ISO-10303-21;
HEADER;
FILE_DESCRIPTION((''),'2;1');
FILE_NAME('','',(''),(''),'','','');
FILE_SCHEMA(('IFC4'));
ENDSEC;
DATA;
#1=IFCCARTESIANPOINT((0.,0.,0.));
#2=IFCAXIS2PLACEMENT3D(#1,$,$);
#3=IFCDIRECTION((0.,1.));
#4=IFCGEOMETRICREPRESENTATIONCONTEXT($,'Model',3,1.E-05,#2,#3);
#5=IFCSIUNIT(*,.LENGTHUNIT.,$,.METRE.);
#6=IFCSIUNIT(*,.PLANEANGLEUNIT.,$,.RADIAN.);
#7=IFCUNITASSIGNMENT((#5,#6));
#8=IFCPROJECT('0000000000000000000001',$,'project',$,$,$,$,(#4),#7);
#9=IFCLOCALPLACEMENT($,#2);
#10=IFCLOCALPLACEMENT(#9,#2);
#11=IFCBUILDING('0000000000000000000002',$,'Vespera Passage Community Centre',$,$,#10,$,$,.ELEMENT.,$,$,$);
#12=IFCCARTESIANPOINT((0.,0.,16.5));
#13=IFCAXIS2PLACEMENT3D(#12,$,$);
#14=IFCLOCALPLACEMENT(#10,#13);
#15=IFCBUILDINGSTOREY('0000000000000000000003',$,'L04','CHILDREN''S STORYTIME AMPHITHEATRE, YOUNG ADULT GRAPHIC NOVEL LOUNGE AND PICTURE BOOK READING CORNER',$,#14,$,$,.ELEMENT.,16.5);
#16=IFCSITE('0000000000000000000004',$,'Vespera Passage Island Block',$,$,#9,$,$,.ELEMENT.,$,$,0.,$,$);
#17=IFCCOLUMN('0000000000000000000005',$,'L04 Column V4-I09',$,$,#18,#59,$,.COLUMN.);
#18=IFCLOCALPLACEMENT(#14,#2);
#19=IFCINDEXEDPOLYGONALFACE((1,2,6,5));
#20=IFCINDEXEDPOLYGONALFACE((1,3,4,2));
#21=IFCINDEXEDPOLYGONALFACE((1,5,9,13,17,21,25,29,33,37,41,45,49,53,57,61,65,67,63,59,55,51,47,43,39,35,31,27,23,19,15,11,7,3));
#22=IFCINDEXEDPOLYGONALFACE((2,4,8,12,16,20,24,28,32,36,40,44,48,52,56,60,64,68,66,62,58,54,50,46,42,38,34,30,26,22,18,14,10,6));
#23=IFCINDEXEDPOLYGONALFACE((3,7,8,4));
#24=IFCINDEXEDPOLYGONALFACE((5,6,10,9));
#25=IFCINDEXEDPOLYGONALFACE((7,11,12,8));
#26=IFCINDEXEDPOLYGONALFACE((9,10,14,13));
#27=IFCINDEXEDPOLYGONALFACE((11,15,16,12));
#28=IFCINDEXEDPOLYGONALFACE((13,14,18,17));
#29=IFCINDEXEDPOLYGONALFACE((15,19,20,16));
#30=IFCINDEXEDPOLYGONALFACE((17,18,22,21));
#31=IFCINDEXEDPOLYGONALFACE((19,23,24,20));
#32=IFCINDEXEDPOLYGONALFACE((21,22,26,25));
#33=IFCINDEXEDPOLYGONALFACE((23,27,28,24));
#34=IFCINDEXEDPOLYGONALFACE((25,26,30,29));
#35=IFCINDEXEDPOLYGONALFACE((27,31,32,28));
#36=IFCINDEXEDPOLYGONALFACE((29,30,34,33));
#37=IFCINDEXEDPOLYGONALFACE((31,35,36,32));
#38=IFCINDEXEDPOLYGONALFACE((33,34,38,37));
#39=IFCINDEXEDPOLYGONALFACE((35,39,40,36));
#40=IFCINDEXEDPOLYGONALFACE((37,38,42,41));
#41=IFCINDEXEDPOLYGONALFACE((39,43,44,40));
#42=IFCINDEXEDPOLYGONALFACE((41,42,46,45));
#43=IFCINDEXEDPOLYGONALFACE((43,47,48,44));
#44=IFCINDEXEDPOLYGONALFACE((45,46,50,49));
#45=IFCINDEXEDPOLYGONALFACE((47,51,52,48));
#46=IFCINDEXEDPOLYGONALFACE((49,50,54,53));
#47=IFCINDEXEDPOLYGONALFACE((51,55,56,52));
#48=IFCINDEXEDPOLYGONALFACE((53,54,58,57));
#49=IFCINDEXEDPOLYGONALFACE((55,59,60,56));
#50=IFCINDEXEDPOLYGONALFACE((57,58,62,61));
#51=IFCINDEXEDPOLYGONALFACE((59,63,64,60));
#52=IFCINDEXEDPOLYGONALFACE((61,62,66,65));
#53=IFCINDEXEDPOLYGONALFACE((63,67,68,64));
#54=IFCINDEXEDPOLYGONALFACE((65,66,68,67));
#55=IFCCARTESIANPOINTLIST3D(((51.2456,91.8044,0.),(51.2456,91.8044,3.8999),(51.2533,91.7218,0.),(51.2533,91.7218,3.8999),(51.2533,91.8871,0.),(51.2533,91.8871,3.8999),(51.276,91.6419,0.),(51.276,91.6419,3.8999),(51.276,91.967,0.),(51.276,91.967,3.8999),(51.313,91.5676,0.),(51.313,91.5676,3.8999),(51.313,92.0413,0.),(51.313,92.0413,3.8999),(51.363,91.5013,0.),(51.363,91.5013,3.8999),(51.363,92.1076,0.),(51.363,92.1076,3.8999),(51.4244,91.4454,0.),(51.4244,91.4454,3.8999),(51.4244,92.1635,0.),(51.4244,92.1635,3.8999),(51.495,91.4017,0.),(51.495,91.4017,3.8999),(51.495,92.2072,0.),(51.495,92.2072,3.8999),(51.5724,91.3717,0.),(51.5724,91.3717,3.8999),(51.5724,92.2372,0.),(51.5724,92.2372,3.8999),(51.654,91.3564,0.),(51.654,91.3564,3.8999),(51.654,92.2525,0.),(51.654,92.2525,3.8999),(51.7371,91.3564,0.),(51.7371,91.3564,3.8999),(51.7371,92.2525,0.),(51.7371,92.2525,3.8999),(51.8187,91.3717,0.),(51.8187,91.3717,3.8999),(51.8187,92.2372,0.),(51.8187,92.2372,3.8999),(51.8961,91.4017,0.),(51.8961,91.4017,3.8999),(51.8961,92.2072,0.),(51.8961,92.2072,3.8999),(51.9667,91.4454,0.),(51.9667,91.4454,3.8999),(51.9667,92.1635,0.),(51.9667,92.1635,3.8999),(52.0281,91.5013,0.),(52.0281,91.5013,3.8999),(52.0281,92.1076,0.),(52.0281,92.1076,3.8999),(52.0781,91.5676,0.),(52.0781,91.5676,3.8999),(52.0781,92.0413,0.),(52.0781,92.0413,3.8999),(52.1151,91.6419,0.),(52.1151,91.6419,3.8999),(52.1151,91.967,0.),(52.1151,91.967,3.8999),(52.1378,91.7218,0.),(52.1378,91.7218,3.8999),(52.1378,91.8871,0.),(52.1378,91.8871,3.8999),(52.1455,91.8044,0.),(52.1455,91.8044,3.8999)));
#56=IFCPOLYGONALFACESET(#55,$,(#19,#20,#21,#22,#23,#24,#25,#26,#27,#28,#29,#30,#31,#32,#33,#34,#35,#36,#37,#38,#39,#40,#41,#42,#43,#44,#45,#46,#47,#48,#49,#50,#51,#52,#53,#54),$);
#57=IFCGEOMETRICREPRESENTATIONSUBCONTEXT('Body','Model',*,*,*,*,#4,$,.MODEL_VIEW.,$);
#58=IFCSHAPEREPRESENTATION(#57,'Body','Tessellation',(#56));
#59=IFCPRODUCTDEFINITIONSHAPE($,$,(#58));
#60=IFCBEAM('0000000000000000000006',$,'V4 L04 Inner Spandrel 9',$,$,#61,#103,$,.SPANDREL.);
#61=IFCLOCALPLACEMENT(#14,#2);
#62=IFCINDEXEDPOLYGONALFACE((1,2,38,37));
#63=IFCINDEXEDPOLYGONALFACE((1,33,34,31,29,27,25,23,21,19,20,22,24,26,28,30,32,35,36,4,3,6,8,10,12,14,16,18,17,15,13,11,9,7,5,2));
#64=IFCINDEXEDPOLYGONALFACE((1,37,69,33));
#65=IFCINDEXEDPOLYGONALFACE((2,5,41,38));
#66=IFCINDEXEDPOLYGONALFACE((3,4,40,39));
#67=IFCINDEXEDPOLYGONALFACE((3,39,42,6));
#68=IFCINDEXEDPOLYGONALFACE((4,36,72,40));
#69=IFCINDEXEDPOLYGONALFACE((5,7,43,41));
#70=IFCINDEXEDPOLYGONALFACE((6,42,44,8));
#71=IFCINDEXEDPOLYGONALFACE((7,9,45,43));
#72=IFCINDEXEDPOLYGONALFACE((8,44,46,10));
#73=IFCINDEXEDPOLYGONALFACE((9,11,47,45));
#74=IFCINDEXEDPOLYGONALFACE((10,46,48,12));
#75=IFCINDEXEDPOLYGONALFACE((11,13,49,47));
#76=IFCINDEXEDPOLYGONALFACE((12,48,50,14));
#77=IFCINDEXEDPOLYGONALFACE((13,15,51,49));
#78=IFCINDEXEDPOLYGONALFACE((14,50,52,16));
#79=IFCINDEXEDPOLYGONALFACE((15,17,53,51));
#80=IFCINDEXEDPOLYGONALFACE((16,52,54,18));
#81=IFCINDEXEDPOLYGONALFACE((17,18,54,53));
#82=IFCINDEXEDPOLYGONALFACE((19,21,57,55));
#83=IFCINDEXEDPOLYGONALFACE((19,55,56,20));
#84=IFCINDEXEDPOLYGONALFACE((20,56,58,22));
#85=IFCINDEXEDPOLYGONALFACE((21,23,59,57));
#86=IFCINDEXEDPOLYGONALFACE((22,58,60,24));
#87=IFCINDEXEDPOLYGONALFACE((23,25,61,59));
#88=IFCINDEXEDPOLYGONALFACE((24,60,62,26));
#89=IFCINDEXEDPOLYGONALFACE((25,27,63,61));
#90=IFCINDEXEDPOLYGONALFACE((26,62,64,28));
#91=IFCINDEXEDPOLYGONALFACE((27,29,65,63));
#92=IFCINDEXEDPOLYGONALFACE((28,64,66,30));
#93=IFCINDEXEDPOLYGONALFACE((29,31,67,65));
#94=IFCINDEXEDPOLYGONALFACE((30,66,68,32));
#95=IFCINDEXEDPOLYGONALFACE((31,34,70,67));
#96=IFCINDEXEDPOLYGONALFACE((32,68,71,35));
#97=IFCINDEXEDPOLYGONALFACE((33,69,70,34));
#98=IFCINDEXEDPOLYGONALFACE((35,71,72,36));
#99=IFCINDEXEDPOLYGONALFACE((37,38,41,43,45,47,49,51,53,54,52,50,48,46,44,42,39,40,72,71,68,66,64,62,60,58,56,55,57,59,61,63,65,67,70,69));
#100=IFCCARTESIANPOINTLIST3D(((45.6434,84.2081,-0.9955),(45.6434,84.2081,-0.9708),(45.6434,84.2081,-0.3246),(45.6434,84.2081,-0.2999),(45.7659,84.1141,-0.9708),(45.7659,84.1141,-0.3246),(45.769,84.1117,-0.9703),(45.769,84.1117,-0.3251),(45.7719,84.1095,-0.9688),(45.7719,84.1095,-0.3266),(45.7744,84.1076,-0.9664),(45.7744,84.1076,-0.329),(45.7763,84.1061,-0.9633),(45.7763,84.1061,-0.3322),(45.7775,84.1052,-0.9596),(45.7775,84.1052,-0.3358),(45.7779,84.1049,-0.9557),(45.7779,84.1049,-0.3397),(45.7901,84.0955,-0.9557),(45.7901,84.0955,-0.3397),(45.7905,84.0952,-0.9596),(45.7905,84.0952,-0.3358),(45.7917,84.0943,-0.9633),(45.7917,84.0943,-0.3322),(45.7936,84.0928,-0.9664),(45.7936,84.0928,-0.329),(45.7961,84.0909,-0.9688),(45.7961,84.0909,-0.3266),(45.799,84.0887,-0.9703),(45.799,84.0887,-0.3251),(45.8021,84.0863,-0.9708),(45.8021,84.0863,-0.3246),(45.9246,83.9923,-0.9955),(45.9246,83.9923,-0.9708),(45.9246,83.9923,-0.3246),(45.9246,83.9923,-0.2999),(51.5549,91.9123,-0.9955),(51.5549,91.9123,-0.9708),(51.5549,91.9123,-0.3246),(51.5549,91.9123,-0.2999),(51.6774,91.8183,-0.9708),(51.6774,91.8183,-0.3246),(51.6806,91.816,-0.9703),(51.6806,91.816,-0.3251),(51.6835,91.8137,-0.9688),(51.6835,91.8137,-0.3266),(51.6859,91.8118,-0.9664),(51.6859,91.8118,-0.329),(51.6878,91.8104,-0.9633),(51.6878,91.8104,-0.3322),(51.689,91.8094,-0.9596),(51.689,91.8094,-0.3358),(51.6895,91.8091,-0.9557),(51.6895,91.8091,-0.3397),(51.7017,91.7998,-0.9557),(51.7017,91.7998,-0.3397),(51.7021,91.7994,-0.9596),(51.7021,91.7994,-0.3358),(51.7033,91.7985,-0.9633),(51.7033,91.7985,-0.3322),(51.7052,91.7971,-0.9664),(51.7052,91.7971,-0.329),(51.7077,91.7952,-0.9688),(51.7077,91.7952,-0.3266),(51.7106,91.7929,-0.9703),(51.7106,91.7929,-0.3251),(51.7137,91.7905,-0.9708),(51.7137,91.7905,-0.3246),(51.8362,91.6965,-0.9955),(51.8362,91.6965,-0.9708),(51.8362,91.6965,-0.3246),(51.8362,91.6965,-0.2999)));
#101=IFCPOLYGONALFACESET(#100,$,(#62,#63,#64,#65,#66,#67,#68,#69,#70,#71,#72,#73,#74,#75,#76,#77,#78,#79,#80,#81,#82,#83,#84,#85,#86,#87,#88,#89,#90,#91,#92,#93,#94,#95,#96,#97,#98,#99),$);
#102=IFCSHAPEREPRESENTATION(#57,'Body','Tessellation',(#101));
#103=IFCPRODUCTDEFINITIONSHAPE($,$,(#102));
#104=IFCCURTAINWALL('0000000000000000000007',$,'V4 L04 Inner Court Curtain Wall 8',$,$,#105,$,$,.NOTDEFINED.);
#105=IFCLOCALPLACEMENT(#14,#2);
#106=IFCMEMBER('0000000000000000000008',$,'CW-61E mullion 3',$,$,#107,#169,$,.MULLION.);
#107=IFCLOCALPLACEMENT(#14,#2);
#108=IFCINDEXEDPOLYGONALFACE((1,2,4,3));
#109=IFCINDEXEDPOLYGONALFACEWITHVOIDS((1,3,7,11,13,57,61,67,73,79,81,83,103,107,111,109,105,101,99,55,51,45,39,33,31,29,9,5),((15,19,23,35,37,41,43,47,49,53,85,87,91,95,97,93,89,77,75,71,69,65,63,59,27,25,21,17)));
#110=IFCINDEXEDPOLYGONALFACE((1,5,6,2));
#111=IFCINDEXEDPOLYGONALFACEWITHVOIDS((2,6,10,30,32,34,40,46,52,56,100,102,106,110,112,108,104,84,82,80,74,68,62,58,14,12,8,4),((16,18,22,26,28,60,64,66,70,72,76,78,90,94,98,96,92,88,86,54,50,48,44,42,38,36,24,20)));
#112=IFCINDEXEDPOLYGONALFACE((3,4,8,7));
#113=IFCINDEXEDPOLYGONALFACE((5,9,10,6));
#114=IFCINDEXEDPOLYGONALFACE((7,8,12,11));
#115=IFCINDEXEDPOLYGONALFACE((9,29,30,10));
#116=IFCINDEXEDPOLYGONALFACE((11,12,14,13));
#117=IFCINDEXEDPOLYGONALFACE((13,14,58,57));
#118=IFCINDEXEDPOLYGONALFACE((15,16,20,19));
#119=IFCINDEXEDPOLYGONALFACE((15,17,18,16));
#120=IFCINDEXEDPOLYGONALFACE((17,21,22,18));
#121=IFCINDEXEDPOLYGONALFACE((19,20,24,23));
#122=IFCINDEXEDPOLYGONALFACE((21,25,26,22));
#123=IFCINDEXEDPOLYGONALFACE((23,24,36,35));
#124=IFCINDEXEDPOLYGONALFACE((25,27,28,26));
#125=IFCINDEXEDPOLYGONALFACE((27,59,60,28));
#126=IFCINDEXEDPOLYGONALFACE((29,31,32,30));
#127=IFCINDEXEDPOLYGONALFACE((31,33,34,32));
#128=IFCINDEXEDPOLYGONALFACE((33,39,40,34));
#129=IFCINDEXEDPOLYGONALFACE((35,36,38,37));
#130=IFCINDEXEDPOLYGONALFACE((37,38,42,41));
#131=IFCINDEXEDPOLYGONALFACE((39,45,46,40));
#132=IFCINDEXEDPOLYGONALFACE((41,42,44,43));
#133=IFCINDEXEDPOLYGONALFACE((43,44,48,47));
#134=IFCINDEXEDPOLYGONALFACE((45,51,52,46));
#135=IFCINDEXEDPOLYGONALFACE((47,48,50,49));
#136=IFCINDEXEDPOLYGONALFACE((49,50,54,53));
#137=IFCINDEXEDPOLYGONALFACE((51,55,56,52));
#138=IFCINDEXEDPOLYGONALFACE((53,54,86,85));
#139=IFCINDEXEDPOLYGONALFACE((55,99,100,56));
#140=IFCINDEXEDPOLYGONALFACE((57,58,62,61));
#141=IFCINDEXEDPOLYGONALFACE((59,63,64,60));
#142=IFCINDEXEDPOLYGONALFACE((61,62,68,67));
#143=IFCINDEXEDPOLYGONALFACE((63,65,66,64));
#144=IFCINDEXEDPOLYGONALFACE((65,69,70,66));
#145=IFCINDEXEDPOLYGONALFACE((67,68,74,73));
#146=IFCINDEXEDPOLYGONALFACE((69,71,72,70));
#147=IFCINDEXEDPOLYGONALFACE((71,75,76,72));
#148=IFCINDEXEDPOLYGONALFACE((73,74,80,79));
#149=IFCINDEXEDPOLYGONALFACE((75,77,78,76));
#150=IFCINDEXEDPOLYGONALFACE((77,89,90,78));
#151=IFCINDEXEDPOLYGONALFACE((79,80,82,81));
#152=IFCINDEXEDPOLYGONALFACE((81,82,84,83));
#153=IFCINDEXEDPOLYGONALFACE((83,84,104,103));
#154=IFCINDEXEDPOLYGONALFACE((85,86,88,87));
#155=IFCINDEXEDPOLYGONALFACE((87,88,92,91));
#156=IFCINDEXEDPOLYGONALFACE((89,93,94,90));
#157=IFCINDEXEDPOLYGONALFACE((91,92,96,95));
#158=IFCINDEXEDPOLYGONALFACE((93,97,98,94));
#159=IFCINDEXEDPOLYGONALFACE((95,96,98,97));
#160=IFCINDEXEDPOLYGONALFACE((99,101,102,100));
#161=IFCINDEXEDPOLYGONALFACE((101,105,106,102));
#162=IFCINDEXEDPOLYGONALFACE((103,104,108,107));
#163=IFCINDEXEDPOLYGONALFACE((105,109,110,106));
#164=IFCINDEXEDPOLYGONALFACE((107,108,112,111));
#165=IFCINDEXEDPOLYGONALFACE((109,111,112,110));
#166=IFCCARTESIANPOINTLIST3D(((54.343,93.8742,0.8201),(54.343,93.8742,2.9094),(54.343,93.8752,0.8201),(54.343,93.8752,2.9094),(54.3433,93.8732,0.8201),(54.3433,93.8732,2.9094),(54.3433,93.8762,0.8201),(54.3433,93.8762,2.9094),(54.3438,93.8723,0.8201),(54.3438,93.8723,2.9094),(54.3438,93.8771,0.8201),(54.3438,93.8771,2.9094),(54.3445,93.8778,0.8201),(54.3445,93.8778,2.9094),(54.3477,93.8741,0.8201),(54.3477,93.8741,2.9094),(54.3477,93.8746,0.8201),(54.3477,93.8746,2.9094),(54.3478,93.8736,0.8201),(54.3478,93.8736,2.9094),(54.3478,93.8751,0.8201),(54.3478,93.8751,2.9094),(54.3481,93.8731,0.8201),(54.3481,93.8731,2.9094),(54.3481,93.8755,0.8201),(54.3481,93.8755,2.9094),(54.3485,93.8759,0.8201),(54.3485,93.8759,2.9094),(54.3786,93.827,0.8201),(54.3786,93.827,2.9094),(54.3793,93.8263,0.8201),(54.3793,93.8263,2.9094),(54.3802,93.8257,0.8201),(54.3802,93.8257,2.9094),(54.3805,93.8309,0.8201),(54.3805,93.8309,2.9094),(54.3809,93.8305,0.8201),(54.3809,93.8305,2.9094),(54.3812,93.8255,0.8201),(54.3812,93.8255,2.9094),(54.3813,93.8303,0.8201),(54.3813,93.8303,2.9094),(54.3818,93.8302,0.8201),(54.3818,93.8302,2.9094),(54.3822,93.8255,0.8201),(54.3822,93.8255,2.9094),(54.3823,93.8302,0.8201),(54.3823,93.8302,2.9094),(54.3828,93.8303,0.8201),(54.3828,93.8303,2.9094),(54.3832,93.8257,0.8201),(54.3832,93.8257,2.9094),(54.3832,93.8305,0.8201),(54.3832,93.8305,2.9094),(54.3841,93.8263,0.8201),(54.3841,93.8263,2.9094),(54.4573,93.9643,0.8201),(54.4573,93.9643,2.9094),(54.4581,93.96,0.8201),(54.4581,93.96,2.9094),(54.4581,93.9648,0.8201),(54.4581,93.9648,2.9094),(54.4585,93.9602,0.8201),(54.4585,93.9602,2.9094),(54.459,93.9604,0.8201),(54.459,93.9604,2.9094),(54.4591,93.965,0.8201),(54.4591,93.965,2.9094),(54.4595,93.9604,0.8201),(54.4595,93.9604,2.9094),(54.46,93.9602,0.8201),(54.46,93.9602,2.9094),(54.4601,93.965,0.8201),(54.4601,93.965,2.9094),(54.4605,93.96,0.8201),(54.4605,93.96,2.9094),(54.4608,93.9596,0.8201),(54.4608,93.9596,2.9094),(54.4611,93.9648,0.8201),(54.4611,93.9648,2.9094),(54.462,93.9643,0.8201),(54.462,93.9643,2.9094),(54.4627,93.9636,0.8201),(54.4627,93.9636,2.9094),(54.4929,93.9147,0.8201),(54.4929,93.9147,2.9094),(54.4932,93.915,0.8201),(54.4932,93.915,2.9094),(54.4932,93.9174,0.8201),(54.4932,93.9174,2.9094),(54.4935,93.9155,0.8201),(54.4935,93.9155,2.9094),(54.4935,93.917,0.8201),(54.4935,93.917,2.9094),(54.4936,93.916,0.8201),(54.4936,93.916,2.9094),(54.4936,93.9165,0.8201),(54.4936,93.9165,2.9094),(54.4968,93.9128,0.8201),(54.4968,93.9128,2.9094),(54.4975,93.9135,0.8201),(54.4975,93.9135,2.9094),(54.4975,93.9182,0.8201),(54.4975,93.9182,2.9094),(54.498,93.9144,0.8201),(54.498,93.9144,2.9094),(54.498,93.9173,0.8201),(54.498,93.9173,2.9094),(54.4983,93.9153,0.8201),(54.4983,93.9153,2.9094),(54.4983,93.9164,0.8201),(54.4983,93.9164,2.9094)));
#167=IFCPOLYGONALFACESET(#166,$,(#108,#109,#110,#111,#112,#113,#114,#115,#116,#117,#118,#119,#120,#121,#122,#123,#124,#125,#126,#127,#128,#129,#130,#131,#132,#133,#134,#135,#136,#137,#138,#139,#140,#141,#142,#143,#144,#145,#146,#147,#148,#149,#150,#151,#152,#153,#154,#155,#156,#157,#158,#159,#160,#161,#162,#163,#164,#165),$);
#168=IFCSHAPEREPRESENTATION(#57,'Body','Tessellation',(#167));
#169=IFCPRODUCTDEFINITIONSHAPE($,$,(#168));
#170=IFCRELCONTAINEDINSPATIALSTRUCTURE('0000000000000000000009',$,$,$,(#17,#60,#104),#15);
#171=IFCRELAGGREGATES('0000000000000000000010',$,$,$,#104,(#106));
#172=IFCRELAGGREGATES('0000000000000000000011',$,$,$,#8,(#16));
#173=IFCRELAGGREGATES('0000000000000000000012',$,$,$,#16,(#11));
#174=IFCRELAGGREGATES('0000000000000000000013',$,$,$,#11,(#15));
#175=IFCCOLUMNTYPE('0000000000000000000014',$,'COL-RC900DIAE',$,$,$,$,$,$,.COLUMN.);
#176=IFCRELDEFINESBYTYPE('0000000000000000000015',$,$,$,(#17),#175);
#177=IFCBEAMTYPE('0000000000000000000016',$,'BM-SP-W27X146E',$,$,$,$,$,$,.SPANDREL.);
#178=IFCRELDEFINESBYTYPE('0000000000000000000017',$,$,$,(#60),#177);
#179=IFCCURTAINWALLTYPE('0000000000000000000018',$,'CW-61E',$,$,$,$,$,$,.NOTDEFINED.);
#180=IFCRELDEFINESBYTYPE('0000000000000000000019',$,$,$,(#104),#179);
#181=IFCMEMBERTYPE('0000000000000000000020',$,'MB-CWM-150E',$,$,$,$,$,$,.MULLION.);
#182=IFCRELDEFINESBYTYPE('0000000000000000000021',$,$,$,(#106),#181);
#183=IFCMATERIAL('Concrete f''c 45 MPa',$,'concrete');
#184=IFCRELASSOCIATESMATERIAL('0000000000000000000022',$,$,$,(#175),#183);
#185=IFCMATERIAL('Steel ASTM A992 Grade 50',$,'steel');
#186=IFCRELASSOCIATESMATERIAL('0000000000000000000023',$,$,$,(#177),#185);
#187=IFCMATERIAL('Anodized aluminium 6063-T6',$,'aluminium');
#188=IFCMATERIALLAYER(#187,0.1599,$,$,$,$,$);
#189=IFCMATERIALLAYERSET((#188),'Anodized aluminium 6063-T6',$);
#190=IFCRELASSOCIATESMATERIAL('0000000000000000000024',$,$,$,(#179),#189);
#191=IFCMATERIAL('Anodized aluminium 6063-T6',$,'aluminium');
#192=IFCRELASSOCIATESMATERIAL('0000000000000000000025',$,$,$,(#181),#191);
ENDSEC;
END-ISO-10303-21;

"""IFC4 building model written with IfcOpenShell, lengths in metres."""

from ifc_helpers import new_model, si_unit, direction, frame, origin, origin_2d, place, context, subcontext, project, spatial, hollow_rectangle, circle, i_section, extrude, material, layer, layer_set, material_profile, profile_set, type_object, element, aggregate, save


model = new_model("IFC4")

# Units and contexts
model_context = context("Model", 3, precision=1e-05, world=origin(), true_north=direction((0.0, 1.0)))
body_context = subcontext(model_context, "Body", "Model", "MODEL_VIEW")
ifc_project = project(units=[si_unit("LENGTHUNIT", "METRE"), si_unit("PLANEANGLEUNIT", "RADIAN")], contexts=[model_context])

# Site, building, storey
site_placement = place(None, origin())
site = spatial("IfcSite", under=ifc_project, at=site_placement, Name="Vespera Passage Island Block", CompositionType="ELEMENT", RefElevation=0.0)
building_placement = place(site_placement, origin())
building = spatial("IfcBuilding", under=site, at=building_placement, Name="Vespera Passage Community Centre", CompositionType="ELEMENT")
storey_placement = place(building_placement, frame((0.0, 0.0, 16.5)))
storey = spatial("IfcBuildingStorey", under=building, at=storey_placement, Name="L04", Description="CHILDREN'S STORYTIME AMPHITHEATRE, YOUNG ADULT GRAPHIC NOVEL LOUNGE AND PICTURE BOOK READING CORNER", CompositionType="ELEMENT", Elevation=16.5)

# Column
ifc_material_1 = material(Name="Concrete f'c 45 MPa", Category="concrete")
ifc_material_profile_1 = material_profile(ifc_material_1, circle(Radius=0.45, at=origin_2d()), Name="RC900DIA")
ifc_profile_set_1 = profile_set([ifc_material_profile_1], Name="Concrete f'c 45 MPa")
column_type = type_object("IfcColumnType", Name="COL-RC900DIAE", PredefinedType="COLUMN", material=ifc_profile_set_1)
column_placement = place(storey_placement, frame((51.6956, 91.8044, 0.0), z_axis=(0.0, 0.0, 1.0), x_axis=(1.0, 0.0, 0.0)))
element("IfcColumn", 1, at=column_placement, inside=storey, type_object=column_type, Name="L04 Column V4-I09", PredefinedType="COLUMN", context=body_context, shape_type="SweptSolid", body=[
    extrude(circle(Radius=0.45, at=origin_2d()), origin(), (0.0, 0.0, 1.0), 3.8999),
])

# Beam
ifc_material_2 = material(Name="Steel ASTM A992 Grade 50", Category="steel")
ifc_material_profile_2 = material_profile(ifc_material_2, i_section(OverallWidth=0.3545, OverallDepth=0.6956, WebThickness=0.0154, FlangeThickness=0.0247, FilletRadius=0.0151, at=origin_2d()), Name="W27X146")
ifc_profile_set_2 = profile_set([ifc_material_profile_2], Name="Steel ASTM A992 Grade 50")
beam_type = type_object("IfcBeamType", Name="BM-SP-W27X146E", PredefinedType="SPANDREL", material=ifc_profile_set_2)
beam_placement = place(storey_placement, frame((51.6956, 91.8044, -0.6477), z_axis=(-0.608753, -0.79336, 0.0), x_axis=(0.79336, -0.608753, 0.0)))
element("IfcBeam", 2, at=beam_placement, inside=storey, type_object=beam_type, Name="V4 L04 Inner Spandrel 9", PredefinedType="SPANDREL", context=body_context, shape_type="SweptSolid", body=[
    extrude(i_section(OverallWidth=0.3545, OverallDepth=0.6956, WebThickness=0.0154, FlangeThickness=0.0247, FilletRadius=0.0151, at=origin_2d()), origin(), (0.0, 0.0, 1.0), 9.7109),
])

# Curtain wall, member
ifc_material_3 = material(Name="Anodized aluminium 6063-T6", Category="aluminium")
ifc_layer_1 = layer(ifc_material_3, 0.1599)
ifc_layer_set_1 = layer_set([ifc_layer_1], Name="Anodized aluminium 6063-T6")
curtain_wall_type_1 = type_object("IfcCurtainWallType", Name="CW-61E", PredefinedType="NOTDEFINED", material=ifc_layer_set_1)
curtain_wall_1_placement = place(storey_placement, origin())
curtain_wall_1 = element("IfcCurtainWall", 3, at=curtain_wall_1_placement, inside=storey, type_object=curtain_wall_type_1, Name="V4 L04 Inner Court Curtain Wall 8", PredefinedType="NOTDEFINED")
ifc_material_4 = material(Name="Anodized aluminium 6063-T6", Category="aluminium")
ifc_material_profile_3 = material_profile(ifc_material_4, hollow_rectangle(XDim=0.0649, YDim=0.1499, WallThickness=0.0039, InnerFilletRadius=0.002, OuterFilletRadius=0.0039, at=origin_2d()), Name="ALU150X65X4")
ifc_profile_set_3 = profile_set([ifc_material_profile_3], Name="Anodized aluminium 6063-T6")
member_type_1 = type_object("IfcMemberType", Name="MB-CWM-150E", PredefinedType="MULLION", material=ifc_profile_set_3)
member_1_placement = place(storey_placement, frame((54.4207, 93.8953, 0.8201), z_axis=(0.0, 0.0, 1.0), x_axis=(0.608755, -0.793358, 0.0)))
member_1 = element("IfcMember", 4, at=member_1_placement, type_object=member_type_1, Name="CW-61E mullion 3", PredefinedType="MULLION", context=body_context, shape_type="SweptSolid", body=[
    extrude(hollow_rectangle(XDim=0.0649, YDim=0.1499, WallThickness=0.0039, InnerFilletRadius=0.002, OuterFilletRadius=0.0039, at=origin_2d()), origin(), (0.0, 0.0, 1.0), 2.0894),
])

aggregate(curtain_wall_1, [member_1])

save(model, "model.ifc")
